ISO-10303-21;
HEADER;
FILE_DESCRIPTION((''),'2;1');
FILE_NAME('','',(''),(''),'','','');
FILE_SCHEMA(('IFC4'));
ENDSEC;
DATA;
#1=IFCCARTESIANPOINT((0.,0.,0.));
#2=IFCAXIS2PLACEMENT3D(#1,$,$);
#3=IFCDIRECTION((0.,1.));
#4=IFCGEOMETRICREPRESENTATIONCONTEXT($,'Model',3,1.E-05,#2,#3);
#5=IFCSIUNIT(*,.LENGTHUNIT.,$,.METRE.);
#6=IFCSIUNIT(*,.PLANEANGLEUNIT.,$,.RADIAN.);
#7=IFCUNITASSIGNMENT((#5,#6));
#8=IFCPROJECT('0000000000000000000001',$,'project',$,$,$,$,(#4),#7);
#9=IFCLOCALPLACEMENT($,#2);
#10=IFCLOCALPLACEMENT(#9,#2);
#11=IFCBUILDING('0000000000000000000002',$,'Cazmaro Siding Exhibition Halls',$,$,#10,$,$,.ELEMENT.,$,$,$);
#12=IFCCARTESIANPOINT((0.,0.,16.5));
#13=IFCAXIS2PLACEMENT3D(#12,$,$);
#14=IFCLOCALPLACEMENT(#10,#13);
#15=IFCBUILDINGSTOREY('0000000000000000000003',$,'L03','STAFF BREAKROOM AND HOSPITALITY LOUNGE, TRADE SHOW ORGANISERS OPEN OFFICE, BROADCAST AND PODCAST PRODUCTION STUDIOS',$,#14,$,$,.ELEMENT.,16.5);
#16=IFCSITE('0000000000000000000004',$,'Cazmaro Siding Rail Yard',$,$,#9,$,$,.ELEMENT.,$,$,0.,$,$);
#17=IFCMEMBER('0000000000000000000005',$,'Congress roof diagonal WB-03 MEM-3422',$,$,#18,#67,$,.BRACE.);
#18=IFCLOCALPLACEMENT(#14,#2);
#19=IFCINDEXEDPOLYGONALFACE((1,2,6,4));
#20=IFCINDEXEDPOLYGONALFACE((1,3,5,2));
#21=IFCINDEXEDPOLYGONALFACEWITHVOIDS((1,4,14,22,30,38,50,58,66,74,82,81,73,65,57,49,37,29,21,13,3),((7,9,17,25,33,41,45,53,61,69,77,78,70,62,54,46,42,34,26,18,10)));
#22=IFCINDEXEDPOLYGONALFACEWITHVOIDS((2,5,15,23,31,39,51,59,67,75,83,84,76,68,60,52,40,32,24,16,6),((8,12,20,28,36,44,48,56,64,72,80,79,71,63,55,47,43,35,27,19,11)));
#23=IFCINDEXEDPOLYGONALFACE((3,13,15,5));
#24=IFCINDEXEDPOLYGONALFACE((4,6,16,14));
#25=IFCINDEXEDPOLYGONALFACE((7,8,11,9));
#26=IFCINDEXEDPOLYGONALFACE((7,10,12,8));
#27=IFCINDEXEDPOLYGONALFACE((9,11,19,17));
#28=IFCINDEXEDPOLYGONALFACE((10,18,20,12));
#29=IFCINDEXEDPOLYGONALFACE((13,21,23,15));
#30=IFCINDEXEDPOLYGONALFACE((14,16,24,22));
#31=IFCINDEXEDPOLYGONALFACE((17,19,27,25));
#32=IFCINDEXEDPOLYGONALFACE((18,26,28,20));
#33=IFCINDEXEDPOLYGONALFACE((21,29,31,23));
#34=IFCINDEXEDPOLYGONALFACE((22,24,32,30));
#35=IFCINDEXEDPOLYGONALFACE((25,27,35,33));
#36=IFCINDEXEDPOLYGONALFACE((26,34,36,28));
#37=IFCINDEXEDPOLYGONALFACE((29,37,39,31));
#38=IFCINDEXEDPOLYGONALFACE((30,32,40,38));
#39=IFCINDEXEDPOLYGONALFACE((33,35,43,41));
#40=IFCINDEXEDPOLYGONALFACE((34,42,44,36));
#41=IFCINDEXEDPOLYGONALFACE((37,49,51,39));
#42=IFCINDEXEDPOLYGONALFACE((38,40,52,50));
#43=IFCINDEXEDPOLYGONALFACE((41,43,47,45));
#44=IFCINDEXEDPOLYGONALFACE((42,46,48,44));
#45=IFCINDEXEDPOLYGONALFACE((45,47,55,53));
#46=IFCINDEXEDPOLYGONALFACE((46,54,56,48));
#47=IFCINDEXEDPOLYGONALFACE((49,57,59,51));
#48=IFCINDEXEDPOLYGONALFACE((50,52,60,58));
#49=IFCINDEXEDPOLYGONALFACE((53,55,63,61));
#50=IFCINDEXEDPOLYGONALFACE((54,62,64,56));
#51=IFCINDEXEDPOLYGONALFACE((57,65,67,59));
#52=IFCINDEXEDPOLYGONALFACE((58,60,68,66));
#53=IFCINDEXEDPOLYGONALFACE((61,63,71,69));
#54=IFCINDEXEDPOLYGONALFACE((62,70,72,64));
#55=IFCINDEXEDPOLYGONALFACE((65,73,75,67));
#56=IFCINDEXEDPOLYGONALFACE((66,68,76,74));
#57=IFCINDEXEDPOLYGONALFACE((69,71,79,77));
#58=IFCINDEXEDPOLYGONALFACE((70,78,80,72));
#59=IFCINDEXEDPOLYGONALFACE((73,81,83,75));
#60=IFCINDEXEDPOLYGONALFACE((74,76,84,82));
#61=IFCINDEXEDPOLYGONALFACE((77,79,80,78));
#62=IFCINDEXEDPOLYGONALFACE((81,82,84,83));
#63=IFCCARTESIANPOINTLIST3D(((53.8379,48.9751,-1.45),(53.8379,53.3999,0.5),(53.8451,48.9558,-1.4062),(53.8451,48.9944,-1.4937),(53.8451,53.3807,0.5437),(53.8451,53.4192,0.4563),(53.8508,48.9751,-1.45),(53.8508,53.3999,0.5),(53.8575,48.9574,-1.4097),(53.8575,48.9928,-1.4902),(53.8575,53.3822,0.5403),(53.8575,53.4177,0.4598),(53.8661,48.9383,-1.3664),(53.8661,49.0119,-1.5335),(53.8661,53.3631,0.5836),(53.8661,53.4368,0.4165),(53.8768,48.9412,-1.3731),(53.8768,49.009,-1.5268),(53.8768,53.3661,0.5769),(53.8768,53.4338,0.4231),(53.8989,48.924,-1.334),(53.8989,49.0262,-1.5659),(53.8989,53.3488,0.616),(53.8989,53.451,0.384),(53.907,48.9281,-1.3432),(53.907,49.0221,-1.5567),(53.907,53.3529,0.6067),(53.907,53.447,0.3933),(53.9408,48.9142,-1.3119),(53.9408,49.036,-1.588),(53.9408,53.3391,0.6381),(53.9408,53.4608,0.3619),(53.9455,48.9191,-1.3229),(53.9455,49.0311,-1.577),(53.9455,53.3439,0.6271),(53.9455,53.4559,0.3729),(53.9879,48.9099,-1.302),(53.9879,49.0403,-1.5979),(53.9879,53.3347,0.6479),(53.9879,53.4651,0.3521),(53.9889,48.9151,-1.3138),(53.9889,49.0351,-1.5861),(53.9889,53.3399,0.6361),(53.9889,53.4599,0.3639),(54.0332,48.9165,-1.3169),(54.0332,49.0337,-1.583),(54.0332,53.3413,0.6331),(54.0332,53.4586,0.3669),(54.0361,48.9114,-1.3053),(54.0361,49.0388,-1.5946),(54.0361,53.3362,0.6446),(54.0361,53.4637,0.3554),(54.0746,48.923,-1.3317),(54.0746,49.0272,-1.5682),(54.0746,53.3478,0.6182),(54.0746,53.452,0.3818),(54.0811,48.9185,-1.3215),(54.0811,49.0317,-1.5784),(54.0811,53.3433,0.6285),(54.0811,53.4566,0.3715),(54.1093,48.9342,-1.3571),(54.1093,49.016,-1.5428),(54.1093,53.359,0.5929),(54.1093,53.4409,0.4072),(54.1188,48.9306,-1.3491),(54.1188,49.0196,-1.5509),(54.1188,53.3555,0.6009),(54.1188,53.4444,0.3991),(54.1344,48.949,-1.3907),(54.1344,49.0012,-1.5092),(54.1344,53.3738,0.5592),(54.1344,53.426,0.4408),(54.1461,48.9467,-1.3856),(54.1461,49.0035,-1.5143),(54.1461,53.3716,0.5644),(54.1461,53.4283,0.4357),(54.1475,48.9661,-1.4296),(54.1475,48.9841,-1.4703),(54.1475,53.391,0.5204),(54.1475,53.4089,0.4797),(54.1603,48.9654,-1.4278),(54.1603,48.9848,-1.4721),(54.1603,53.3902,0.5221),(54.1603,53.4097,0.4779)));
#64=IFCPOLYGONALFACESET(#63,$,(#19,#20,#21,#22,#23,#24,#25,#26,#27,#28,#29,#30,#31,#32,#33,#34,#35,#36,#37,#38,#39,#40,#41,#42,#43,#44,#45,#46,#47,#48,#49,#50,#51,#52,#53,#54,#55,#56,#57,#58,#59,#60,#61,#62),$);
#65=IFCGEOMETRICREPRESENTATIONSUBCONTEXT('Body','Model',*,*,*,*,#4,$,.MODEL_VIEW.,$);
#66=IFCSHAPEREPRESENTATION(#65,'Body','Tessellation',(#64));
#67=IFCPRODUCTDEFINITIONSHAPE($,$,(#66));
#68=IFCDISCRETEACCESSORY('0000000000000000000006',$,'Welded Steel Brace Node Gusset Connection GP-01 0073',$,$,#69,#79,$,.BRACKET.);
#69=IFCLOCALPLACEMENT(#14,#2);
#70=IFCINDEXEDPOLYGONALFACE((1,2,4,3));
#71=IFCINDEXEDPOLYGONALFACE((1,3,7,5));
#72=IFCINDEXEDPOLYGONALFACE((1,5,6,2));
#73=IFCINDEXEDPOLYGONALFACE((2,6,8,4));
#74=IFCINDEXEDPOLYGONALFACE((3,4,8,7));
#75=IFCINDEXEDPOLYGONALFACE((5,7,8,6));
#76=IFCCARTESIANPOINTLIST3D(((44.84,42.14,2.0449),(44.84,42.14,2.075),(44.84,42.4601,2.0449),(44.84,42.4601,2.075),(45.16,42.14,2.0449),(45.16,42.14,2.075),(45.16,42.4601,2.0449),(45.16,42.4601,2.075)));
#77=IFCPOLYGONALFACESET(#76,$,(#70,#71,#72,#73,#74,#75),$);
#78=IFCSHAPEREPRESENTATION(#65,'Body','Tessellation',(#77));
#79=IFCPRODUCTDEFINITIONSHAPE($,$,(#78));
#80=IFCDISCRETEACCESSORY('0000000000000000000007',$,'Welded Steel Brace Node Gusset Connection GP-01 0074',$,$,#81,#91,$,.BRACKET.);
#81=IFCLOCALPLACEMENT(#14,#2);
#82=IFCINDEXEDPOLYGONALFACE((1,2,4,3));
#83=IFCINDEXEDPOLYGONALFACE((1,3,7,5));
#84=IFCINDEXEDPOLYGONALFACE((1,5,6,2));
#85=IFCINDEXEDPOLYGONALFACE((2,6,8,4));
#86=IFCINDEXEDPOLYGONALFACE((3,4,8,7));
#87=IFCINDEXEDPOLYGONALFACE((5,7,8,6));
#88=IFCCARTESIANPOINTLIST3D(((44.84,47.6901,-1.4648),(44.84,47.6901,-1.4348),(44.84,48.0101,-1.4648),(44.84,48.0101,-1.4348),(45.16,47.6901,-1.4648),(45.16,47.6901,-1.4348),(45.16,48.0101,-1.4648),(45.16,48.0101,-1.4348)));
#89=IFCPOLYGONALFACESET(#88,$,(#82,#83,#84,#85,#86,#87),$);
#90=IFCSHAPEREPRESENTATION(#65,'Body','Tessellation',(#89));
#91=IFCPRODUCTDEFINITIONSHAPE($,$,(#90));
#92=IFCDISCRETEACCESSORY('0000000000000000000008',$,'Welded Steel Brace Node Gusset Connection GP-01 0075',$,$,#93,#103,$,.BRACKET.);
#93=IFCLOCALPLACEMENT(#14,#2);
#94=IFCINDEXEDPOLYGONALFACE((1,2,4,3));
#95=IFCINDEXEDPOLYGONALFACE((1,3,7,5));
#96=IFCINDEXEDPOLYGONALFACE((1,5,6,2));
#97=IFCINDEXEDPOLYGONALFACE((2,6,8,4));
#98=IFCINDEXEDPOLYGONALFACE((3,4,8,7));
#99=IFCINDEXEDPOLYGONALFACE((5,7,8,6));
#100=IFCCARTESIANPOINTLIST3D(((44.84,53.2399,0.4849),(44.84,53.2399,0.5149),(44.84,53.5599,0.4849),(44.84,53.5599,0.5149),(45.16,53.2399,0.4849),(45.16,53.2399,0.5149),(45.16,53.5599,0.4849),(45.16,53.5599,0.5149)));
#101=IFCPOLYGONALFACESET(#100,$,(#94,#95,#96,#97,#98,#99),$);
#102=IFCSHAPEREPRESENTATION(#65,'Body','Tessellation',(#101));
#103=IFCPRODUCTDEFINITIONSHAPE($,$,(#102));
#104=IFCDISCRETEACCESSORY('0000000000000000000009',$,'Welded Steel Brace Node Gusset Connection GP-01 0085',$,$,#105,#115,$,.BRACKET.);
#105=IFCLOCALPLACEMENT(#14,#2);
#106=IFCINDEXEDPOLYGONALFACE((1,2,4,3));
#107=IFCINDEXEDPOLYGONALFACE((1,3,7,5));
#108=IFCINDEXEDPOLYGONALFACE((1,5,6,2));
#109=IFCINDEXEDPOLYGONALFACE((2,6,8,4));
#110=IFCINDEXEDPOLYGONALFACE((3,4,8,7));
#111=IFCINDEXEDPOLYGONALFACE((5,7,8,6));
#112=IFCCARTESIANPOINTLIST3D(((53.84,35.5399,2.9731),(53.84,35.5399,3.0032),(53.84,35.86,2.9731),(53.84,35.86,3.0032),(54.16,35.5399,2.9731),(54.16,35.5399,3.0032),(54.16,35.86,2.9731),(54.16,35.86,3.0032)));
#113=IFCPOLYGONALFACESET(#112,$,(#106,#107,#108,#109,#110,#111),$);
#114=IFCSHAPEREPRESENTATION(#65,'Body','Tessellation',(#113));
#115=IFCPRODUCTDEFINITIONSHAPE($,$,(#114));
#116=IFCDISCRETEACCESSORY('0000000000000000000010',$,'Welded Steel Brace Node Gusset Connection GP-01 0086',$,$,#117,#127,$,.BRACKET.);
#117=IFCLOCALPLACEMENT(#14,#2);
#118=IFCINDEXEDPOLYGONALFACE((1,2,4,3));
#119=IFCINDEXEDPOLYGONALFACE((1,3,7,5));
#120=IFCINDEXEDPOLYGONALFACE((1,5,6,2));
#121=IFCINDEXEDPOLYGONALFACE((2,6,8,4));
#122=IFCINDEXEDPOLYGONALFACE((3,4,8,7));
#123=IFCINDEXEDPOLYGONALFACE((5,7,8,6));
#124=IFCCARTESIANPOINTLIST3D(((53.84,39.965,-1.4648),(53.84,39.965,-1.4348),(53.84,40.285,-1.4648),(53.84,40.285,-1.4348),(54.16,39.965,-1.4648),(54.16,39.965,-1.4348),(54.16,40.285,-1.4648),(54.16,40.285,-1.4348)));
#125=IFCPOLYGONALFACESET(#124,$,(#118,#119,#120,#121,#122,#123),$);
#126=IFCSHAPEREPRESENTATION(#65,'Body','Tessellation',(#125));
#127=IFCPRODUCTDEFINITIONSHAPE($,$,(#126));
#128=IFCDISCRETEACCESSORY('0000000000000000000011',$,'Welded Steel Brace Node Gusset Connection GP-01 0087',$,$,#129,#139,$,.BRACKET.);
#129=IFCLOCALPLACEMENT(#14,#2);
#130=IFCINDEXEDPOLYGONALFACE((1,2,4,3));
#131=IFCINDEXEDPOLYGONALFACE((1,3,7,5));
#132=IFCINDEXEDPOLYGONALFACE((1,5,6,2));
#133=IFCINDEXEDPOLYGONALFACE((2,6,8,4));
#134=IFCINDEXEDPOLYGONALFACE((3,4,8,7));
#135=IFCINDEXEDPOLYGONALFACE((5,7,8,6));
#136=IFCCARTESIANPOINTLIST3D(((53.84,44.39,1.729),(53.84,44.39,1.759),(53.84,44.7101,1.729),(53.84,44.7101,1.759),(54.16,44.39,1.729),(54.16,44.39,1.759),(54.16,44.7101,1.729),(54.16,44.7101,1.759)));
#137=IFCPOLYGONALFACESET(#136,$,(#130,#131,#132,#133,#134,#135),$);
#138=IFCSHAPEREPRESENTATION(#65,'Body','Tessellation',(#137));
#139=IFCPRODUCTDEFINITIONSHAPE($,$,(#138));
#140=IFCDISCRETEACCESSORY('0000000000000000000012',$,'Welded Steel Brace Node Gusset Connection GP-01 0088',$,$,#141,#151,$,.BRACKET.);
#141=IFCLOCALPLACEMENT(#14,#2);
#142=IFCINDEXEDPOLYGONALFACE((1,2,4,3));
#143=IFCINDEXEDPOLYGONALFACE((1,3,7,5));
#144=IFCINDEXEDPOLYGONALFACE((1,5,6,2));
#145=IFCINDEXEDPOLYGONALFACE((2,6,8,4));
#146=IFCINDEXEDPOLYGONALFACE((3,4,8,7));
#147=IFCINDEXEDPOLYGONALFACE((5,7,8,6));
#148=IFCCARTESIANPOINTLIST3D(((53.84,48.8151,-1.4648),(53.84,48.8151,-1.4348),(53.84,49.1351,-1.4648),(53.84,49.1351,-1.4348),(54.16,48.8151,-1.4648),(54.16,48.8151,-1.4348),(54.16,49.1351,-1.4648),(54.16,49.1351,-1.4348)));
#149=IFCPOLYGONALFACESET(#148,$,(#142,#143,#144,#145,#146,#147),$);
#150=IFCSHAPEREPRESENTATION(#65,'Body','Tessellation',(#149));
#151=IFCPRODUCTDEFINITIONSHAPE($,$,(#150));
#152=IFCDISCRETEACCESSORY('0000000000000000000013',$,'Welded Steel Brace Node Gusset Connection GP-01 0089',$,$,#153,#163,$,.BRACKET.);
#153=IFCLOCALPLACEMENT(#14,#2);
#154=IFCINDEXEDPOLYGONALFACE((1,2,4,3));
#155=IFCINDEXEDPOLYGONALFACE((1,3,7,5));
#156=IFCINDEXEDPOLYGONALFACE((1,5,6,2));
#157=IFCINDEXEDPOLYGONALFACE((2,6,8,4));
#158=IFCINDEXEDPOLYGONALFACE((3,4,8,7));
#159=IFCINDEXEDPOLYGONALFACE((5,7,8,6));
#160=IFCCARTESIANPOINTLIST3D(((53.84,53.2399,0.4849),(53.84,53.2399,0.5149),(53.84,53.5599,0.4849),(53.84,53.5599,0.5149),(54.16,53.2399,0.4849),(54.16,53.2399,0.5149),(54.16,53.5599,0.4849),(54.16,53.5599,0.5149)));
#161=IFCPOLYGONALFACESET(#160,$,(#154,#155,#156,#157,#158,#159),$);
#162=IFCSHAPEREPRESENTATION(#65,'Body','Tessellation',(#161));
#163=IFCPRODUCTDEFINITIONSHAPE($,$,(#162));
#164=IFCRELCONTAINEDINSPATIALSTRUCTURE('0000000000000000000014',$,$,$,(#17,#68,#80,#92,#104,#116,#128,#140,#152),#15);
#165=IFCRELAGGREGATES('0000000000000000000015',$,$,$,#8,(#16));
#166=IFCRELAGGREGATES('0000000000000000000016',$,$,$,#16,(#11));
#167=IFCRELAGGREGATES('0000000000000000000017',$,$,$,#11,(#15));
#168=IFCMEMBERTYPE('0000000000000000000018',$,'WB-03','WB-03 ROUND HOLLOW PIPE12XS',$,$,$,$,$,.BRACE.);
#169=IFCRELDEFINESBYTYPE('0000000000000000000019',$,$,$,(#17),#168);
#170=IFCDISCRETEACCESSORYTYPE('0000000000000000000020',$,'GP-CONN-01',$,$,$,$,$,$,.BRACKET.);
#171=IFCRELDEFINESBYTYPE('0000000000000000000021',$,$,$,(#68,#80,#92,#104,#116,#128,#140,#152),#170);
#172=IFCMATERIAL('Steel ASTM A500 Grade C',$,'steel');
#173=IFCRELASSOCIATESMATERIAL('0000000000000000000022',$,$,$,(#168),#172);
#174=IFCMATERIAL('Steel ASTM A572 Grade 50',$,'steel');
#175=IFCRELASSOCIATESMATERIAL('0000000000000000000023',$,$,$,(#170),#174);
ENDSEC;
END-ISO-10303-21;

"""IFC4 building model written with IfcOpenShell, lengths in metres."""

from ifc_helpers import new_model, si_unit, direction, frame, origin, origin_2d, place, context, subcontext, project, spatial, rectangle, hollow_circle, extrude, material, material_profile, profile_set, type_object, element, save


model = new_model("IFC4")

# Units and contexts
model_context = context("Model", 3, precision=1e-05, world=origin(), true_north=direction((0.0, 1.0)))
body_context = subcontext(model_context, "Body", "Model", "MODEL_VIEW")
ifc_project = project(units=[si_unit("LENGTHUNIT", "METRE"), si_unit("PLANEANGLEUNIT", "RADIAN")], contexts=[model_context])

# Site, building, storey
site_placement = place(None, origin())
site = spatial("IfcSite", under=ifc_project, at=site_placement, Name="Cazmaro Siding Rail Yard", CompositionType="ELEMENT", RefElevation=0.0)
building_placement = place(site_placement, origin())
building = spatial("IfcBuilding", under=site, at=building_placement, Name="Cazmaro Siding Exhibition Halls", CompositionType="ELEMENT")
storey_placement = place(building_placement, frame((0.0, 0.0, 16.5)))
storey = spatial("IfcBuildingStorey", under=building, at=storey_placement, Name="L03", Description="STAFF BREAKROOM AND HOSPITALITY LOUNGE, TRADE SHOW ORGANISERS OPEN OFFICE, BROADCAST AND PODCAST PRODUCTION STUDIOS", CompositionType="ELEMENT", Elevation=16.5)

# Member
ifc_material_1 = material(Name="Steel ASTM A500 Grade C", Category="steel")
ifc_material_profile_1 = material_profile(ifc_material_1, hollow_circle(Radius=0.1621, WallThickness=0.0129, at=origin_2d()), Name="PIPE12XS")
ifc_profile_set_1 = profile_set([ifc_material_profile_1], Name="Steel ASTM A500 Grade C")
member_type_1 = type_object("IfcMemberType", Name="WB-03", Description="WB-03 ROUND HOLLOW PIPE12XS", PredefinedType="BRACE", material=ifc_profile_set_1)
member_1_placement = place(storey_placement, frame((54.0, 48.9751, -1.45), z_axis=(0.0, 0.915083, 0.403265), x_axis=(-1.0, 0.0, 0.0)))
element("IfcMember", 1, at=member_1_placement, inside=storey, type_object=member_type_1, Name="Congress roof diagonal WB-03 MEM-3422", PredefinedType="BRACE", context=body_context, shape_type="SweptSolid", body=[
    extrude(hollow_circle(Radius=0.1621, WallThickness=0.0129, at=origin_2d()), origin(), (0.0, 0.0, 1.0), 4.8354),
])

# Discrete accessories
ifc_material_2 = material(Name="Steel ASTM A572 Grade 50", Category="steel")
discrete_accessory_type = type_object("IfcDiscreteAccessoryType", Name="GP-CONN-01", PredefinedType="BRACKET", material=ifc_material_2)
for number, where, z_axis, x_axis, name in (
    (2, (45.0, 42.3, 2.0449), (0.0, 0.0, 1.0), (1.0, 0.0, 0.0), "Welded Steel Brace Node Gusset Connection GP-01 0073"),
    (3, (45.0, 47.8501, -1.4648), (0.0, 0.0, 1.0), (1.0, 0.0, 0.0), "Welded Steel Brace Node Gusset Connection GP-01 0074"),
    (4, (45.0, 53.3999, 0.4849), (0.0, 0.0, 1.0), (1.0, 0.0, 0.0), "Welded Steel Brace Node Gusset Connection GP-01 0075"),
    (5, (54.0, 35.7, 2.9731), (0.0, 0.0, 1.0), (1.0, 0.0, 0.0), "Welded Steel Brace Node Gusset Connection GP-01 0085"),
    (6, (54.0, 40.125, -1.4648), (0.0, 0.0, 1.0), (1.0, 0.0, 0.0), "Welded Steel Brace Node Gusset Connection GP-01 0086"),
    (7, (54.0, 44.55, 1.729), (0.0, 0.0, 1.0), (1.0, 0.0, 0.0), "Welded Steel Brace Node Gusset Connection GP-01 0087"),
    (8, (54.0, 48.9751, -1.4648), (0.0, 0.0, 1.0), (1.0, 0.0, 0.0), "Welded Steel Brace Node Gusset Connection GP-01 0088"),
    (9, (54.0, 53.3999, 0.4849), (0.0, 0.0, 1.0), (1.0, 0.0, 0.0), "Welded Steel Brace Node Gusset Connection GP-01 0089"),
):
    element("IfcDiscreteAccessory", number, at=place(storey_placement, frame(where, z_axis=z_axis, x_axis=x_axis)), inside=storey, type_object=discrete_accessory_type, Name=name, PredefinedType="BRACKET", context=body_context, shape_type="SweptSolid", body=[
        extrude(rectangle(XDim=0.3201, YDim=0.3201, at=origin_2d()), origin(), (0.0, 0.0, 1.0), 0.03),
    ])

save(model, "model.ifc")
